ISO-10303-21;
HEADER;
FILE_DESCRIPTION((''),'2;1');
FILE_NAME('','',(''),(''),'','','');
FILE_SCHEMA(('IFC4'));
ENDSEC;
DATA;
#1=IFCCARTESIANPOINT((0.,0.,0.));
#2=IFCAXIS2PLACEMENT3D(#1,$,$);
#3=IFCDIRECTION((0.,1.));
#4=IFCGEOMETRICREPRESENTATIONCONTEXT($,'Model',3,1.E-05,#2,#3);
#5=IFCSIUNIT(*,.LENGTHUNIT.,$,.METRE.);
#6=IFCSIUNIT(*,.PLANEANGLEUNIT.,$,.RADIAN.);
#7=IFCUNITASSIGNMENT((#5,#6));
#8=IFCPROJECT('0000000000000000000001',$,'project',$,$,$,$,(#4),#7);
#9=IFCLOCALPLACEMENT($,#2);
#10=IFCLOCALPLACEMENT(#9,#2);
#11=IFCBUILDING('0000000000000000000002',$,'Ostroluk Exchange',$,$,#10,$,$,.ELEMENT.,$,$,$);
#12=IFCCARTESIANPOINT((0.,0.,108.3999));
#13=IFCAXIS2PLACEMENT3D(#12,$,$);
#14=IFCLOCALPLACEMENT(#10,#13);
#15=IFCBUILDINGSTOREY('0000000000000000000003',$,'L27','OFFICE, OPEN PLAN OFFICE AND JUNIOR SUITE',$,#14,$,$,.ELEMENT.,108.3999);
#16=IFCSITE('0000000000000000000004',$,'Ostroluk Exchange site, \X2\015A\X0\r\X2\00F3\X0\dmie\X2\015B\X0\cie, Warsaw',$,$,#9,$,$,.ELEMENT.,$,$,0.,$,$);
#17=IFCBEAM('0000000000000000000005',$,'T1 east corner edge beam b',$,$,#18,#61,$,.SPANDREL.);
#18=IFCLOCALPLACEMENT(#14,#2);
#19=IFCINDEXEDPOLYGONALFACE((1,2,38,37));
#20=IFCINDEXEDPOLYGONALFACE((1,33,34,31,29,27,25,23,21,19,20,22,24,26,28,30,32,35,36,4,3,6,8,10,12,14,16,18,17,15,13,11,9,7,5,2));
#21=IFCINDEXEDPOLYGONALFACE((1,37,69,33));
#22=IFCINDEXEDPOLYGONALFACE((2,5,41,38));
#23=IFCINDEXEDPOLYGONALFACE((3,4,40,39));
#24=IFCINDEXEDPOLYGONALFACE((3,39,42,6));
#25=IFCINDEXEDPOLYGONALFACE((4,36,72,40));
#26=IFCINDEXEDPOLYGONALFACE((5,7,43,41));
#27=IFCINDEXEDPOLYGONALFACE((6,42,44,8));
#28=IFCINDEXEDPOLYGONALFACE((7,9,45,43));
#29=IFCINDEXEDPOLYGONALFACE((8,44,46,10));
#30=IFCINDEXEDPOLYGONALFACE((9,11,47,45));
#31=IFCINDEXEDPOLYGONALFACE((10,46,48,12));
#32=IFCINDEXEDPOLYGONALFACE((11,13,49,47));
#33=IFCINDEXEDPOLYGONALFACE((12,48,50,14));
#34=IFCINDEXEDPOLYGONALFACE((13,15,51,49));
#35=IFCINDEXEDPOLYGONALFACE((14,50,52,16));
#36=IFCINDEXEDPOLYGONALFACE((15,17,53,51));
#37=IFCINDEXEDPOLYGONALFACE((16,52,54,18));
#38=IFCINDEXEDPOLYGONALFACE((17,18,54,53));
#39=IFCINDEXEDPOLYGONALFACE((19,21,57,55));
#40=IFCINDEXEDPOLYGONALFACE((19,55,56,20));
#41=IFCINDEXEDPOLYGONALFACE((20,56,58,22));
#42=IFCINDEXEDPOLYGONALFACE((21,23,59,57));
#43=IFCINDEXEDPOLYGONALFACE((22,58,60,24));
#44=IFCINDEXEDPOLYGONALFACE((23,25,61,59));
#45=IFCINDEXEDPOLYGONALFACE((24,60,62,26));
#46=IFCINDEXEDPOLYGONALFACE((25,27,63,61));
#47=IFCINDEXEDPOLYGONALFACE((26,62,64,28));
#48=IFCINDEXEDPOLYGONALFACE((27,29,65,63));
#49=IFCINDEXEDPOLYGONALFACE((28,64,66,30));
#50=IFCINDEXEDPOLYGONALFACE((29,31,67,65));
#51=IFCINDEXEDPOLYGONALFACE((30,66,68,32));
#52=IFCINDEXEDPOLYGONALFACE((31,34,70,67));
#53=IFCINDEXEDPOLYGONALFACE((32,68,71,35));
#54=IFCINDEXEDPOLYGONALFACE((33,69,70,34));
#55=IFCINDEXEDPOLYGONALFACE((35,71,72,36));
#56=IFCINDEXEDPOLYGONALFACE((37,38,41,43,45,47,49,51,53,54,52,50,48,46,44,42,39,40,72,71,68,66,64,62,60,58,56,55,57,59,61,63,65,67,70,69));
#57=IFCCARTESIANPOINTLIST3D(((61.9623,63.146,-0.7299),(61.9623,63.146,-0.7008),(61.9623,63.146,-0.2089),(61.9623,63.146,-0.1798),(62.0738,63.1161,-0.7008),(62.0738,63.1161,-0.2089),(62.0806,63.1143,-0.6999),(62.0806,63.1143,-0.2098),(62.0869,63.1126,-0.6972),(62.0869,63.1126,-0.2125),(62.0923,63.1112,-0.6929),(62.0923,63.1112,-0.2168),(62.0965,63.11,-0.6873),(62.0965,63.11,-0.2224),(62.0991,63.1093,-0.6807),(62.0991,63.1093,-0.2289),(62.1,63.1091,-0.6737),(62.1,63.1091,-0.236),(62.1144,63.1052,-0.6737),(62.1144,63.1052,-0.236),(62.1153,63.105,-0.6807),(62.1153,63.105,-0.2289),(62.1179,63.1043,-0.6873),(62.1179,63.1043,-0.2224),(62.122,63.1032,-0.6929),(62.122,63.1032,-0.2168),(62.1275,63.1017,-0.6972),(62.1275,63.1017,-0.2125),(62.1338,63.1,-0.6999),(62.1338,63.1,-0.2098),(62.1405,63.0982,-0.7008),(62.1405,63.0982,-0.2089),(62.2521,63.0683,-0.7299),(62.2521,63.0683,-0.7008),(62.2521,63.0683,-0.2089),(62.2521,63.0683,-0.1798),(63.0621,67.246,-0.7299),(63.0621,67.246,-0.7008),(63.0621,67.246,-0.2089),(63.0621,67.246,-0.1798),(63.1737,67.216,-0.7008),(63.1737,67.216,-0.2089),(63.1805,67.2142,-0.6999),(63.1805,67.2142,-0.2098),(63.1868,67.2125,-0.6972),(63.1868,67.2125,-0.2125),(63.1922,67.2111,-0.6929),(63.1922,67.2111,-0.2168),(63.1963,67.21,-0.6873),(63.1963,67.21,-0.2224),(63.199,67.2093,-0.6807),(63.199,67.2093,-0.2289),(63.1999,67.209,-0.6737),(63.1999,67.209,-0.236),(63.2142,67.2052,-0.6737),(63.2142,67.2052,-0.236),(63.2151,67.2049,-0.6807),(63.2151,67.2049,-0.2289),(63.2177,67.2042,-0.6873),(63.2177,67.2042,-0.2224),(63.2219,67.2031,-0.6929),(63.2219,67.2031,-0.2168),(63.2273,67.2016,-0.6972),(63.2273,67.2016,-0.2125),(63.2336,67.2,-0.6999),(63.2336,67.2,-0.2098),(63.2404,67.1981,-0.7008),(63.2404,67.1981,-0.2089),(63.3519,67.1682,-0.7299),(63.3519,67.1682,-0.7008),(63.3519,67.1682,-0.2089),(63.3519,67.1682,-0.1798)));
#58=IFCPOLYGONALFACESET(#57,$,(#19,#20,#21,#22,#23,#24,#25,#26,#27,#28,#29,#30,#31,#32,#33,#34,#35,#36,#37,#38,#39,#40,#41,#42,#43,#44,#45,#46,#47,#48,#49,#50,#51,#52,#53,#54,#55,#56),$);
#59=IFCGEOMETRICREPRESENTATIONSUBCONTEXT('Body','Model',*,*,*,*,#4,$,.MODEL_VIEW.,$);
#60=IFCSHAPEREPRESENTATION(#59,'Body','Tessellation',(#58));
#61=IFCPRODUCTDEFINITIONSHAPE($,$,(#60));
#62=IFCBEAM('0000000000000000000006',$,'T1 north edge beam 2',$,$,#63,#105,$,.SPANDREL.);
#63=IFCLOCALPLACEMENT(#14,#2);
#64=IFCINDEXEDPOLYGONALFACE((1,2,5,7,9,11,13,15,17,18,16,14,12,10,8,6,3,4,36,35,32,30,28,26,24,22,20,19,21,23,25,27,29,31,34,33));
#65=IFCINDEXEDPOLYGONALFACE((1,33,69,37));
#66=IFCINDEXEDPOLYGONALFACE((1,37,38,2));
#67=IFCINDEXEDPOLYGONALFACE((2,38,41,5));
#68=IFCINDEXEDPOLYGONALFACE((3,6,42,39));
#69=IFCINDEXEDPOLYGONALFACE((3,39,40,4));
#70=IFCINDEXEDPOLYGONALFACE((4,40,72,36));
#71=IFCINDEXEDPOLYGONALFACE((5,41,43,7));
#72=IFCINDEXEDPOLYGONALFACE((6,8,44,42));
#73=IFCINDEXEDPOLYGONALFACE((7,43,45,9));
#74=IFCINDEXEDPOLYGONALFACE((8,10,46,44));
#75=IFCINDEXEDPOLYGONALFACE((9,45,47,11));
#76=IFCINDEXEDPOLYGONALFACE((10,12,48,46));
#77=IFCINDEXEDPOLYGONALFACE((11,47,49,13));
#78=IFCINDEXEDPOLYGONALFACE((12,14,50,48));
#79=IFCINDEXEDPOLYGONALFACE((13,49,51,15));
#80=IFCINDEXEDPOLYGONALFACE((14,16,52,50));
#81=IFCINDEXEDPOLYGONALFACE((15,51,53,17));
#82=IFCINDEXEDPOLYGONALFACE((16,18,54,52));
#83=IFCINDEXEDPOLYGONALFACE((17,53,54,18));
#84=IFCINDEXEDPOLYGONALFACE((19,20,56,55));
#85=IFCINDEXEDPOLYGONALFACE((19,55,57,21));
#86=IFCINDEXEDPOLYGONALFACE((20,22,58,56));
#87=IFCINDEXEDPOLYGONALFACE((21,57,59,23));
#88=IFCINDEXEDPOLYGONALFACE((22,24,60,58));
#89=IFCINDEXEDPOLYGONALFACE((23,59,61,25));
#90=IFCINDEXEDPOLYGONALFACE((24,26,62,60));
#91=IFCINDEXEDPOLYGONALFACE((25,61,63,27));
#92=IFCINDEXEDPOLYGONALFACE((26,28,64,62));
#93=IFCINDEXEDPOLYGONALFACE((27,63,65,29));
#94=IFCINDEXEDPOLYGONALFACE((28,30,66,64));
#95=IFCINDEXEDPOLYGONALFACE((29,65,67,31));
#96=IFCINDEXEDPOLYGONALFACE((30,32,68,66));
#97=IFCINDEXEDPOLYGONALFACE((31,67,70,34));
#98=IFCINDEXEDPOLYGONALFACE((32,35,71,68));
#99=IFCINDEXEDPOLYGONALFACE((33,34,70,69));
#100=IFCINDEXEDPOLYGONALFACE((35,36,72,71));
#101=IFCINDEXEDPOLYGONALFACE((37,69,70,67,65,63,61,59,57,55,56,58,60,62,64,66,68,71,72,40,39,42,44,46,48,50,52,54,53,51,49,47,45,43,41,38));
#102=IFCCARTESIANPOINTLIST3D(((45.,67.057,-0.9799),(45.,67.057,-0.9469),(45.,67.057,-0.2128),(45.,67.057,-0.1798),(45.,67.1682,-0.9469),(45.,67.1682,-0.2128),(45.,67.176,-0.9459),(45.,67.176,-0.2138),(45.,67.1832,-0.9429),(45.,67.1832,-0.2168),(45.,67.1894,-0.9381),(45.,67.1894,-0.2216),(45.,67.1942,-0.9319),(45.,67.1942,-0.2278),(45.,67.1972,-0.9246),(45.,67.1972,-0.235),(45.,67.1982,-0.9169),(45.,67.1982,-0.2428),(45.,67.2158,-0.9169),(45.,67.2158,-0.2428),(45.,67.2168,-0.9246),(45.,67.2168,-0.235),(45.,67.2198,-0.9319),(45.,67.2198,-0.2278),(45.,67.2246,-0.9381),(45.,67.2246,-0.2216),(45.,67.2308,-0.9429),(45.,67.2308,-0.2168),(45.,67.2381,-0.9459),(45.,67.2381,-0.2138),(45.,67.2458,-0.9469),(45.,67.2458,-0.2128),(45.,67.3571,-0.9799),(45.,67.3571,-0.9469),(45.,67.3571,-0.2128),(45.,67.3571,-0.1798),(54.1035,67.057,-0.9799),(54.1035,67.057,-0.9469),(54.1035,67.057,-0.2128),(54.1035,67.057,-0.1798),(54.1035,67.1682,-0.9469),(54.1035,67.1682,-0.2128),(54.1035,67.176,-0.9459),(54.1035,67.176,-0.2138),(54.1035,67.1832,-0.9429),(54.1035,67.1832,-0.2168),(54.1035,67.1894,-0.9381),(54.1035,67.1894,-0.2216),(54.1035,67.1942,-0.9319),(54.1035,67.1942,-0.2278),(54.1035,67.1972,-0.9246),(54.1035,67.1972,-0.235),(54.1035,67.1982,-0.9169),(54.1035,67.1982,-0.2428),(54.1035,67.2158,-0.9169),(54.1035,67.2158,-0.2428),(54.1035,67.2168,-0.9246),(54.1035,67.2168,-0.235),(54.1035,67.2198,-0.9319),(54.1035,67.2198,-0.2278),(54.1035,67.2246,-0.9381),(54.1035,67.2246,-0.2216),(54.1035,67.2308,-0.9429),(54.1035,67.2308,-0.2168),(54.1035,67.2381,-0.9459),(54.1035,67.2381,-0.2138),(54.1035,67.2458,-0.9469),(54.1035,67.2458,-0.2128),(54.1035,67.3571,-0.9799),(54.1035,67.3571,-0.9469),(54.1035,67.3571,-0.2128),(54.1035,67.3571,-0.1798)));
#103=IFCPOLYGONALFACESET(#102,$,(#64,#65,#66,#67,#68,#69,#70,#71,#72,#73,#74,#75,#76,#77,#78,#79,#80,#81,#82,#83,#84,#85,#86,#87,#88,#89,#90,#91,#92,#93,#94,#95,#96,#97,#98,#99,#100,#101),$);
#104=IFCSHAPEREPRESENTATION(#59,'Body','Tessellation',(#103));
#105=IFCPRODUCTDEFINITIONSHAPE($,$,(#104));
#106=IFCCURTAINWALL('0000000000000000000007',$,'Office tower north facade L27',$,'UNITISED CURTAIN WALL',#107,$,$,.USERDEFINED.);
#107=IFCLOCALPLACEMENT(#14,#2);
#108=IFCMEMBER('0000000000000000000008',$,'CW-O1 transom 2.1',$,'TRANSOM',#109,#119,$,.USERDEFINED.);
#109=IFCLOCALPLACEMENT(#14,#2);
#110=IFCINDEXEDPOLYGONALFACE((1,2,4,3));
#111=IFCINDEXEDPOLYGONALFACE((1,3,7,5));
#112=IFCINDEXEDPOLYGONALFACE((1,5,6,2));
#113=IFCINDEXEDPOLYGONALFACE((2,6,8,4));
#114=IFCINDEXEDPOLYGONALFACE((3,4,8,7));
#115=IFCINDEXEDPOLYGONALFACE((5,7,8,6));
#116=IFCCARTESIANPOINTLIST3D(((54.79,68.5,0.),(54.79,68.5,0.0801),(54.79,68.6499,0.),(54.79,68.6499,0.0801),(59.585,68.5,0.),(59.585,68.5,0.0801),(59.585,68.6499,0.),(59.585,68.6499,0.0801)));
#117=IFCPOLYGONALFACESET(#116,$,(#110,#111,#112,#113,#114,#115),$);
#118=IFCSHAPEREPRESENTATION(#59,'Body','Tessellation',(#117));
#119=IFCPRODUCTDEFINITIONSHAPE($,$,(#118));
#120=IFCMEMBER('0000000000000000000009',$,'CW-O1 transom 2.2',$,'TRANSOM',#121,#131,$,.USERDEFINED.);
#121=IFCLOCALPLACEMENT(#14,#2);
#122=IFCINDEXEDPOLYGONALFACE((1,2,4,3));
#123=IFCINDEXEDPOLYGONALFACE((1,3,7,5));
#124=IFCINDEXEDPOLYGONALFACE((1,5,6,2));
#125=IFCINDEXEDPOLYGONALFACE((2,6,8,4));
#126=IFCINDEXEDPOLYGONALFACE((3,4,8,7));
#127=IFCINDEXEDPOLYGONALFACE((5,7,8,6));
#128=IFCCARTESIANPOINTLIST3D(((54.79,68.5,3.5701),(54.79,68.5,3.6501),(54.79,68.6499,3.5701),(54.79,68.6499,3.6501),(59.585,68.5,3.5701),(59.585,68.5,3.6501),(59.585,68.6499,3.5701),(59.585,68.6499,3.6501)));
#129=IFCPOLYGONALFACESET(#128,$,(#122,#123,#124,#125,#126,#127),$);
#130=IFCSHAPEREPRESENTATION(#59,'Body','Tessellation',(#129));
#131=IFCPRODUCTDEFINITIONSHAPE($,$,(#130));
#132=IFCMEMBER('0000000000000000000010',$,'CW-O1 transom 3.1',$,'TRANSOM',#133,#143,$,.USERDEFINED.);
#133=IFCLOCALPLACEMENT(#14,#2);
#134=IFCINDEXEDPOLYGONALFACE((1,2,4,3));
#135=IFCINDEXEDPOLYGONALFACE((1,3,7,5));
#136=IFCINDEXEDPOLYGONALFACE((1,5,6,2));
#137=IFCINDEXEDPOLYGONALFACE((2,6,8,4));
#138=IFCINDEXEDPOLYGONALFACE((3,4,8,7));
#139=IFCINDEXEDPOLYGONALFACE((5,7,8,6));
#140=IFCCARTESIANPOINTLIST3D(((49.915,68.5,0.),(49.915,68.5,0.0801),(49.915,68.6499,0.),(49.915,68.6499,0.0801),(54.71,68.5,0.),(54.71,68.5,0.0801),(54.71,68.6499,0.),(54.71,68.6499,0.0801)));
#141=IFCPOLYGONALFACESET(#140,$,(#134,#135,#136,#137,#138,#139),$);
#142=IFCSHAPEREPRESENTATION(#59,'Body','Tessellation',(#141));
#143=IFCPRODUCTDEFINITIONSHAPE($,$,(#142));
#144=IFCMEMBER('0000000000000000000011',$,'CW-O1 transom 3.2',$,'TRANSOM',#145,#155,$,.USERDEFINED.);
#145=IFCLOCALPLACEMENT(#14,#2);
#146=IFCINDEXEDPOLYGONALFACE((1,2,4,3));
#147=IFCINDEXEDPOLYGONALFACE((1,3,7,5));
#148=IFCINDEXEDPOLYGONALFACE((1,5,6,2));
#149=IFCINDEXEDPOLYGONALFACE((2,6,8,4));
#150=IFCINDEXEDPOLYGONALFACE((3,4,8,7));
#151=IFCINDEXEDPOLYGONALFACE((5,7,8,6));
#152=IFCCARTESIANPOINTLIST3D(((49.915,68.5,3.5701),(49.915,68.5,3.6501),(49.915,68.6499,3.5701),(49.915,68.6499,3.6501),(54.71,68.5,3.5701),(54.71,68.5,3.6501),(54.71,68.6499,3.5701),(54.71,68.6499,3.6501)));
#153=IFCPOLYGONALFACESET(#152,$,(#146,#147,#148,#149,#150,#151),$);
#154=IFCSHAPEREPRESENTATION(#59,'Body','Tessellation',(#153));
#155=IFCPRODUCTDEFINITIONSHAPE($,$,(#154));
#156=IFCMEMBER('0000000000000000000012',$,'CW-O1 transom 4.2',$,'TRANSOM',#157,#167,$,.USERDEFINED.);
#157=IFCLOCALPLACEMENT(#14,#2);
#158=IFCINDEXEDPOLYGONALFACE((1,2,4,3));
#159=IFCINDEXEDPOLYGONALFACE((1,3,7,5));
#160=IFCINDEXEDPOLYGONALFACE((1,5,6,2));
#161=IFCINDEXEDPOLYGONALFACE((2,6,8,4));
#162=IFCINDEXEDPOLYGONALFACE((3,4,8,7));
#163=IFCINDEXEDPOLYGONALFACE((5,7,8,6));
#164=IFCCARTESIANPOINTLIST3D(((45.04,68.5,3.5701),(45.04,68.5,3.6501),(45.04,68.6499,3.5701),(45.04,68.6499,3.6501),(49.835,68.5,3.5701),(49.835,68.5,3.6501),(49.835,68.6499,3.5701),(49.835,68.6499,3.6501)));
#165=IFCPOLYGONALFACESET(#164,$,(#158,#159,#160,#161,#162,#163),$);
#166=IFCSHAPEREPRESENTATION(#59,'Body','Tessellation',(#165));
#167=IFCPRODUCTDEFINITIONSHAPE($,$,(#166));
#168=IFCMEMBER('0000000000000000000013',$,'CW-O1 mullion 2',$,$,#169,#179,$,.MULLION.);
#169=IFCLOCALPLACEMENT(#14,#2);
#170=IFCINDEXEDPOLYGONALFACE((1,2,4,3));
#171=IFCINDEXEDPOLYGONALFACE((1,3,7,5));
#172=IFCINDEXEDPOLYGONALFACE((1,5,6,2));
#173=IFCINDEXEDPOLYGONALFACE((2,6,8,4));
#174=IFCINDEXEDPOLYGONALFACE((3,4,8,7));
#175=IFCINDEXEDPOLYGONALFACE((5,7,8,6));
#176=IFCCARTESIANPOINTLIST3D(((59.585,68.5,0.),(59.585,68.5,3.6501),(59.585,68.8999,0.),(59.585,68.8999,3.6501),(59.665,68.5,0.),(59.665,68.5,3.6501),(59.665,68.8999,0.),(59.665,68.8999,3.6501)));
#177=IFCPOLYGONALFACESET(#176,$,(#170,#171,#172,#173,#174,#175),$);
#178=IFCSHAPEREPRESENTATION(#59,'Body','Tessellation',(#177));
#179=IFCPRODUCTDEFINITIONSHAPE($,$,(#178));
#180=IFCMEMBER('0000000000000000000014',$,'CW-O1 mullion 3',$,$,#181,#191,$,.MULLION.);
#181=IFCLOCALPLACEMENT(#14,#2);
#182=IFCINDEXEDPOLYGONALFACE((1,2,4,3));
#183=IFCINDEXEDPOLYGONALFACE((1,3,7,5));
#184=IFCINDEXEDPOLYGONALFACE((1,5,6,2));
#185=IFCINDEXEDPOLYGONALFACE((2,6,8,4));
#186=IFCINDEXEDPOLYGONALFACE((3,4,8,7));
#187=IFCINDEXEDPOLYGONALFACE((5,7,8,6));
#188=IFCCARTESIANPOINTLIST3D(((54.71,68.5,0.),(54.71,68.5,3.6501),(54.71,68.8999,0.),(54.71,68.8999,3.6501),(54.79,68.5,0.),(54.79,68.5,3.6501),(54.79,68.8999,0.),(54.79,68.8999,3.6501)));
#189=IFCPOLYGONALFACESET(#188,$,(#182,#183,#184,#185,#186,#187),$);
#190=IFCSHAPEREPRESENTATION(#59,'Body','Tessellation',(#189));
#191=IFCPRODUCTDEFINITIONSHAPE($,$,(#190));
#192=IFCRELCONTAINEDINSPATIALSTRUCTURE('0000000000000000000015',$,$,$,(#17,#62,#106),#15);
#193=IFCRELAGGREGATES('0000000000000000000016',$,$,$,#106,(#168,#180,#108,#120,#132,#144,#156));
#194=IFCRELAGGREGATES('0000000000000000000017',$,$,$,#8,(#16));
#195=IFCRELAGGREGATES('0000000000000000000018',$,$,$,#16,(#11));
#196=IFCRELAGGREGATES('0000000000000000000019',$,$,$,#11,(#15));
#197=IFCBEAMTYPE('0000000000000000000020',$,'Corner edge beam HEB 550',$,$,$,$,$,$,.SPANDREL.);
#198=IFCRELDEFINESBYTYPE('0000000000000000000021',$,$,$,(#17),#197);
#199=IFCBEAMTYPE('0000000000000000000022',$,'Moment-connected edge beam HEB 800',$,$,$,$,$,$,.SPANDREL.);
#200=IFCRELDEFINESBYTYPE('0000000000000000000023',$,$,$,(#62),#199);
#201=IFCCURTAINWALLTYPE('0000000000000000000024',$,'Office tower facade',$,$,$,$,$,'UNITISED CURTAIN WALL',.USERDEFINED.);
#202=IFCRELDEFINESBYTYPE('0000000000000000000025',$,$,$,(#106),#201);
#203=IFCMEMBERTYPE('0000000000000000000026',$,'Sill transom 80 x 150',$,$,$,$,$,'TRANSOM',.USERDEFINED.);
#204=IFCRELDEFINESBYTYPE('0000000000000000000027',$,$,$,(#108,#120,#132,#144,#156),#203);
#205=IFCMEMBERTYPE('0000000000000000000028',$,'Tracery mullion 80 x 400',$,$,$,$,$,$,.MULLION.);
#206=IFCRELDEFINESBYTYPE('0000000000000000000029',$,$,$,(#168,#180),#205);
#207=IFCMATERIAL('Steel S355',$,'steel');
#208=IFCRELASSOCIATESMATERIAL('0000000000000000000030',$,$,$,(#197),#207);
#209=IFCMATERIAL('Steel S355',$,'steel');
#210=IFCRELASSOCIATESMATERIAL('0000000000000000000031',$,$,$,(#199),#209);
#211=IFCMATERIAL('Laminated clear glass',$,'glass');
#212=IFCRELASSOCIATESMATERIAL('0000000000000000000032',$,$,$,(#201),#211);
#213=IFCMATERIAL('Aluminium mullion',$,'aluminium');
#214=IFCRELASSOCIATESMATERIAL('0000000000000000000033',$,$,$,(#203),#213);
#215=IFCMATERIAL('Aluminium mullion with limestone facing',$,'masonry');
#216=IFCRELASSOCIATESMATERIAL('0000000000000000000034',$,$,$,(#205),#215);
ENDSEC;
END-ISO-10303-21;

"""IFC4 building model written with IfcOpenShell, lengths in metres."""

from ifc_helpers import new_model, si_unit, direction, frame, origin, origin_2d, place, context, subcontext, project, spatial, rectangle, i_section, extrude, material, material_profile, profile_set, type_object, element, aggregate, save


model = new_model("IFC4")

# Units and contexts
model_context = context("Model", 3, precision=1e-05, world=origin(), true_north=direction((0.0, 1.0)))
body_context = subcontext(model_context, "Body", "Model", "MODEL_VIEW")
ifc_project = project(units=[si_unit("LENGTHUNIT", "METRE"), si_unit("PLANEANGLEUNIT", "RADIAN")], contexts=[model_context])

# Site, building, storey
site_placement = place(None, origin())
site = spatial("IfcSite", under=ifc_project, at=site_placement, Name="Ostroluk Exchange site, Śródmieście, Warsaw", CompositionType="ELEMENT", RefElevation=0.0)
building_placement = place(site_placement, origin())
building = spatial("IfcBuilding", under=site, at=building_placement, Name="Ostroluk Exchange", CompositionType="ELEMENT")
storey_placement = place(building_placement, frame((0.0, 0.0, 108.3999)))
storey = spatial("IfcBuildingStorey", under=building, at=storey_placement, Name="L27", Description="OFFICE, OPEN PLAN OFFICE AND JUNIOR SUITE", CompositionType="ELEMENT", Elevation=108.3999)

# Beams
ifc_material_1 = material(Name="Steel S355", Category="steel")
ifc_material_profile_1 = material_profile(ifc_material_1, i_section(OverallWidth=0.3, OverallDepth=0.55, WebThickness=0.0149, FlangeThickness=0.0291, FilletRadius=0.0271, at=origin_2d()), Name="HEB 550")
ifc_profile_set_1 = profile_set([ifc_material_profile_1], Name="Steel S355")
beam_type_1 = type_object("IfcBeamType", Name="Corner edge beam HEB 550", PredefinedType="SPANDREL", material=ifc_profile_set_1)
for number, where, z_axis, x_axis, name in (
    (1, (62.1072, 63.1072, -0.4548), (0.259105, 0.965849, 0.0), (-0.965849, 0.259105, 0.0), "T1 east corner edge beam b"),
):
    element("IfcBeam", number, at=place(storey_placement, frame(where, z_axis=z_axis, x_axis=x_axis)), inside=storey, type_object=beam_type_1, Name=name, PredefinedType="SPANDREL", context=body_context, shape_type="SweptSolid", body=[
        extrude(i_section(OverallWidth=0.3, OverallDepth=0.55, WebThickness=0.0149, FlangeThickness=0.0291, FilletRadius=0.0271, at=origin_2d()), origin(), (0.0, 0.0, 1.0), 4.2449),
    ])
ifc_material_2 = material(Name="Steel S355", Category="steel")
ifc_material_profile_2 = material_profile(ifc_material_2, i_section(OverallWidth=0.3, OverallDepth=0.8, WebThickness=0.0176, FlangeThickness=0.033, FilletRadius=0.03, at=origin_2d()), Name="HEB 800")
ifc_profile_set_2 = profile_set([ifc_material_profile_2], Name="Steel S355")
beam_type_2 = type_object("IfcBeamType", Name="Moment-connected edge beam HEB 800", PredefinedType="SPANDREL", material=ifc_profile_set_2)
beam_1_placement = place(storey_placement, frame((54.1035, 67.207, -0.5798), z_axis=(-1.0, 0.0, 0.0), x_axis=(0.0, -1.0, 0.0)))
element("IfcBeam", 2, at=beam_1_placement, inside=storey, type_object=beam_type_2, Name="T1 north edge beam 2", PredefinedType="SPANDREL", context=body_context, shape_type="SweptSolid", body=[
    extrude(i_section(OverallWidth=0.3, OverallDepth=0.8, WebThickness=0.0176, FlangeThickness=0.033, FilletRadius=0.03, at=origin_2d()), origin(), (0.0, 0.0, 1.0), 9.1035),
])

# Curtain wall, members
ifc_material_3 = material(Name="Laminated clear glass", Category="glass")
curtain_wall_type = type_object("IfcCurtainWallType", Name="Office tower facade", ElementType="UNITISED CURTAIN WALL", PredefinedType="USERDEFINED", material=ifc_material_3)
curtain_wall_placement = place(storey_placement, origin())
curtain_wall = element("IfcCurtainWall", 3, at=curtain_wall_placement, inside=storey, type_object=curtain_wall_type, Name="Office tower north facade L27", ObjectType="UNITISED CURTAIN WALL", PredefinedType="USERDEFINED")
ifc_material_4 = material(Name="Aluminium mullion", Category="aluminium")
ifc_material_profile_3 = material_profile(ifc_material_4, rectangle(XDim=0.1499, YDim=0.0801, at=origin_2d()), Name="Sill transom 80 x 150")
ifc_profile_set_3 = profile_set([ifc_material_profile_3], Name="Aluminium mullion")
member_type_1 = type_object("IfcMemberType", Name="Sill transom 80 x 150", ElementType="TRANSOM", PredefinedType="USERDEFINED", material=ifc_profile_set_3)
member_1_placement = place(storey_placement, frame((59.585, 68.575, 0.04), z_axis=(-1.0, 0.0, 0.0), x_axis=(0.0, -1.0, 0.0)))
member_1 = element("IfcMember", 4, at=member_1_placement, type_object=member_type_1, Name="CW-O1 transom 2.1", ObjectType="TRANSOM", PredefinedType="USERDEFINED", context=body_context, shape_type="SweptSolid", body=[
    extrude(rectangle(XDim=0.1499, YDim=0.0801, at=origin_2d()), origin(), (0.0, 0.0, 1.0), 4.7949),
])
member_2_placement = place(storey_placement, frame((59.585, 68.575, 3.6101), z_axis=(-1.0, 0.0, 0.0), x_axis=(0.0, -1.0, 0.0)))
member_2 = element("IfcMember", 5, at=member_2_placement, type_object=member_type_1, Name="CW-O1 transom 2.2", ObjectType="TRANSOM", PredefinedType="USERDEFINED", context=body_context, shape_type="SweptSolid", body=[
    extrude(rectangle(XDim=0.1499, YDim=0.0801, at=origin_2d()), origin(), (0.0, 0.0, 1.0), 4.7949),
])
member_3_placement = place(storey_placement, frame((54.71, 68.575, 0.04), z_axis=(-1.0, 0.0, 0.0), x_axis=(0.0, -1.0, 0.0)))
member_3 = element("IfcMember", 6, at=member_3_placement, type_object=member_type_1, Name="CW-O1 transom 3.1", ObjectType="TRANSOM", PredefinedType="USERDEFINED", context=body_context, shape_type="SweptSolid", body=[
    extrude(rectangle(XDim=0.1499, YDim=0.0801, at=origin_2d()), origin(), (0.0, 0.0, 1.0), 4.7949),
])
member_4_placement = place(storey_placement, frame((54.71, 68.575, 3.6101), z_axis=(-1.0, 0.0, 0.0), x_axis=(0.0, -1.0, 0.0)))
member_4 = element("IfcMember", 7, at=member_4_placement, type_object=member_type_1, Name="CW-O1 transom 3.2", ObjectType="TRANSOM", PredefinedType="USERDEFINED", context=body_context, shape_type="SweptSolid", body=[
    extrude(rectangle(XDim=0.1499, YDim=0.0801, at=origin_2d()), origin(), (0.0, 0.0, 1.0), 4.7949),
])
member_5_placement = place(storey_placement, frame((49.835, 68.575, 3.6101), z_axis=(-1.0, 0.0, 0.0), x_axis=(0.0, -1.0, 0.0)))
member_5 = element("IfcMember", 8, at=member_5_placement, type_object=member_type_1, Name="CW-O1 transom 4.2", ObjectType="TRANSOM", PredefinedType="USERDEFINED", context=body_context, shape_type="SweptSolid", body=[
    extrude(rectangle(XDim=0.1499, YDim=0.0801, at=origin_2d()), origin(), (0.0, 0.0, 1.0), 4.7949),
])
ifc_material_5 = material(Name="Aluminium mullion with limestone facing", Category="masonry")
ifc_material_profile_4 = material_profile(ifc_material_5, rectangle(XDim=0.3999, YDim=0.0801, at=origin_2d()), Name="Tracery mullion 80 x 400")
ifc_profile_set_4 = profile_set([ifc_material_profile_4], Name="Aluminium mullion with limestone facing")
member_type_2 = type_object("IfcMemberType", Name="Tracery mullion 80 x 400", PredefinedType="MULLION", material=ifc_profile_set_4)
member_6_placement = place(storey_placement, frame((59.625, 68.7, 0.0), z_axis=(0.0, 0.0, 1.0), x_axis=(0.0, -1.0, 0.0)))
member_6 = element("IfcMember", 9, at=member_6_placement, type_object=member_type_2, Name="CW-O1 mullion 2", PredefinedType="MULLION", context=body_context, shape_type="SweptSolid", body=[
    extrude(rectangle(XDim=0.3999, YDim=0.0801, at=origin_2d()), origin(), (0.0, 0.0, 1.0), 3.6501),
])
member_7_placement = place(storey_placement, frame((54.75, 68.7, 0.0), z_axis=(0.0, 0.0, 1.0), x_axis=(0.0, -1.0, 0.0)))
member_7 = element("IfcMember", 10, at=member_7_placement, type_object=member_type_2, Name="CW-O1 mullion 3", PredefinedType="MULLION", context=body_context, shape_type="SweptSolid", body=[
    extrude(rectangle(XDim=0.3999, YDim=0.0801, at=origin_2d()), origin(), (0.0, 0.0, 1.0), 3.6501),
])
aggregate(curtain_wall, [member_6, member_7, member_1, member_2, member_3, member_4, member_5])

save(model, "model.ifc")
